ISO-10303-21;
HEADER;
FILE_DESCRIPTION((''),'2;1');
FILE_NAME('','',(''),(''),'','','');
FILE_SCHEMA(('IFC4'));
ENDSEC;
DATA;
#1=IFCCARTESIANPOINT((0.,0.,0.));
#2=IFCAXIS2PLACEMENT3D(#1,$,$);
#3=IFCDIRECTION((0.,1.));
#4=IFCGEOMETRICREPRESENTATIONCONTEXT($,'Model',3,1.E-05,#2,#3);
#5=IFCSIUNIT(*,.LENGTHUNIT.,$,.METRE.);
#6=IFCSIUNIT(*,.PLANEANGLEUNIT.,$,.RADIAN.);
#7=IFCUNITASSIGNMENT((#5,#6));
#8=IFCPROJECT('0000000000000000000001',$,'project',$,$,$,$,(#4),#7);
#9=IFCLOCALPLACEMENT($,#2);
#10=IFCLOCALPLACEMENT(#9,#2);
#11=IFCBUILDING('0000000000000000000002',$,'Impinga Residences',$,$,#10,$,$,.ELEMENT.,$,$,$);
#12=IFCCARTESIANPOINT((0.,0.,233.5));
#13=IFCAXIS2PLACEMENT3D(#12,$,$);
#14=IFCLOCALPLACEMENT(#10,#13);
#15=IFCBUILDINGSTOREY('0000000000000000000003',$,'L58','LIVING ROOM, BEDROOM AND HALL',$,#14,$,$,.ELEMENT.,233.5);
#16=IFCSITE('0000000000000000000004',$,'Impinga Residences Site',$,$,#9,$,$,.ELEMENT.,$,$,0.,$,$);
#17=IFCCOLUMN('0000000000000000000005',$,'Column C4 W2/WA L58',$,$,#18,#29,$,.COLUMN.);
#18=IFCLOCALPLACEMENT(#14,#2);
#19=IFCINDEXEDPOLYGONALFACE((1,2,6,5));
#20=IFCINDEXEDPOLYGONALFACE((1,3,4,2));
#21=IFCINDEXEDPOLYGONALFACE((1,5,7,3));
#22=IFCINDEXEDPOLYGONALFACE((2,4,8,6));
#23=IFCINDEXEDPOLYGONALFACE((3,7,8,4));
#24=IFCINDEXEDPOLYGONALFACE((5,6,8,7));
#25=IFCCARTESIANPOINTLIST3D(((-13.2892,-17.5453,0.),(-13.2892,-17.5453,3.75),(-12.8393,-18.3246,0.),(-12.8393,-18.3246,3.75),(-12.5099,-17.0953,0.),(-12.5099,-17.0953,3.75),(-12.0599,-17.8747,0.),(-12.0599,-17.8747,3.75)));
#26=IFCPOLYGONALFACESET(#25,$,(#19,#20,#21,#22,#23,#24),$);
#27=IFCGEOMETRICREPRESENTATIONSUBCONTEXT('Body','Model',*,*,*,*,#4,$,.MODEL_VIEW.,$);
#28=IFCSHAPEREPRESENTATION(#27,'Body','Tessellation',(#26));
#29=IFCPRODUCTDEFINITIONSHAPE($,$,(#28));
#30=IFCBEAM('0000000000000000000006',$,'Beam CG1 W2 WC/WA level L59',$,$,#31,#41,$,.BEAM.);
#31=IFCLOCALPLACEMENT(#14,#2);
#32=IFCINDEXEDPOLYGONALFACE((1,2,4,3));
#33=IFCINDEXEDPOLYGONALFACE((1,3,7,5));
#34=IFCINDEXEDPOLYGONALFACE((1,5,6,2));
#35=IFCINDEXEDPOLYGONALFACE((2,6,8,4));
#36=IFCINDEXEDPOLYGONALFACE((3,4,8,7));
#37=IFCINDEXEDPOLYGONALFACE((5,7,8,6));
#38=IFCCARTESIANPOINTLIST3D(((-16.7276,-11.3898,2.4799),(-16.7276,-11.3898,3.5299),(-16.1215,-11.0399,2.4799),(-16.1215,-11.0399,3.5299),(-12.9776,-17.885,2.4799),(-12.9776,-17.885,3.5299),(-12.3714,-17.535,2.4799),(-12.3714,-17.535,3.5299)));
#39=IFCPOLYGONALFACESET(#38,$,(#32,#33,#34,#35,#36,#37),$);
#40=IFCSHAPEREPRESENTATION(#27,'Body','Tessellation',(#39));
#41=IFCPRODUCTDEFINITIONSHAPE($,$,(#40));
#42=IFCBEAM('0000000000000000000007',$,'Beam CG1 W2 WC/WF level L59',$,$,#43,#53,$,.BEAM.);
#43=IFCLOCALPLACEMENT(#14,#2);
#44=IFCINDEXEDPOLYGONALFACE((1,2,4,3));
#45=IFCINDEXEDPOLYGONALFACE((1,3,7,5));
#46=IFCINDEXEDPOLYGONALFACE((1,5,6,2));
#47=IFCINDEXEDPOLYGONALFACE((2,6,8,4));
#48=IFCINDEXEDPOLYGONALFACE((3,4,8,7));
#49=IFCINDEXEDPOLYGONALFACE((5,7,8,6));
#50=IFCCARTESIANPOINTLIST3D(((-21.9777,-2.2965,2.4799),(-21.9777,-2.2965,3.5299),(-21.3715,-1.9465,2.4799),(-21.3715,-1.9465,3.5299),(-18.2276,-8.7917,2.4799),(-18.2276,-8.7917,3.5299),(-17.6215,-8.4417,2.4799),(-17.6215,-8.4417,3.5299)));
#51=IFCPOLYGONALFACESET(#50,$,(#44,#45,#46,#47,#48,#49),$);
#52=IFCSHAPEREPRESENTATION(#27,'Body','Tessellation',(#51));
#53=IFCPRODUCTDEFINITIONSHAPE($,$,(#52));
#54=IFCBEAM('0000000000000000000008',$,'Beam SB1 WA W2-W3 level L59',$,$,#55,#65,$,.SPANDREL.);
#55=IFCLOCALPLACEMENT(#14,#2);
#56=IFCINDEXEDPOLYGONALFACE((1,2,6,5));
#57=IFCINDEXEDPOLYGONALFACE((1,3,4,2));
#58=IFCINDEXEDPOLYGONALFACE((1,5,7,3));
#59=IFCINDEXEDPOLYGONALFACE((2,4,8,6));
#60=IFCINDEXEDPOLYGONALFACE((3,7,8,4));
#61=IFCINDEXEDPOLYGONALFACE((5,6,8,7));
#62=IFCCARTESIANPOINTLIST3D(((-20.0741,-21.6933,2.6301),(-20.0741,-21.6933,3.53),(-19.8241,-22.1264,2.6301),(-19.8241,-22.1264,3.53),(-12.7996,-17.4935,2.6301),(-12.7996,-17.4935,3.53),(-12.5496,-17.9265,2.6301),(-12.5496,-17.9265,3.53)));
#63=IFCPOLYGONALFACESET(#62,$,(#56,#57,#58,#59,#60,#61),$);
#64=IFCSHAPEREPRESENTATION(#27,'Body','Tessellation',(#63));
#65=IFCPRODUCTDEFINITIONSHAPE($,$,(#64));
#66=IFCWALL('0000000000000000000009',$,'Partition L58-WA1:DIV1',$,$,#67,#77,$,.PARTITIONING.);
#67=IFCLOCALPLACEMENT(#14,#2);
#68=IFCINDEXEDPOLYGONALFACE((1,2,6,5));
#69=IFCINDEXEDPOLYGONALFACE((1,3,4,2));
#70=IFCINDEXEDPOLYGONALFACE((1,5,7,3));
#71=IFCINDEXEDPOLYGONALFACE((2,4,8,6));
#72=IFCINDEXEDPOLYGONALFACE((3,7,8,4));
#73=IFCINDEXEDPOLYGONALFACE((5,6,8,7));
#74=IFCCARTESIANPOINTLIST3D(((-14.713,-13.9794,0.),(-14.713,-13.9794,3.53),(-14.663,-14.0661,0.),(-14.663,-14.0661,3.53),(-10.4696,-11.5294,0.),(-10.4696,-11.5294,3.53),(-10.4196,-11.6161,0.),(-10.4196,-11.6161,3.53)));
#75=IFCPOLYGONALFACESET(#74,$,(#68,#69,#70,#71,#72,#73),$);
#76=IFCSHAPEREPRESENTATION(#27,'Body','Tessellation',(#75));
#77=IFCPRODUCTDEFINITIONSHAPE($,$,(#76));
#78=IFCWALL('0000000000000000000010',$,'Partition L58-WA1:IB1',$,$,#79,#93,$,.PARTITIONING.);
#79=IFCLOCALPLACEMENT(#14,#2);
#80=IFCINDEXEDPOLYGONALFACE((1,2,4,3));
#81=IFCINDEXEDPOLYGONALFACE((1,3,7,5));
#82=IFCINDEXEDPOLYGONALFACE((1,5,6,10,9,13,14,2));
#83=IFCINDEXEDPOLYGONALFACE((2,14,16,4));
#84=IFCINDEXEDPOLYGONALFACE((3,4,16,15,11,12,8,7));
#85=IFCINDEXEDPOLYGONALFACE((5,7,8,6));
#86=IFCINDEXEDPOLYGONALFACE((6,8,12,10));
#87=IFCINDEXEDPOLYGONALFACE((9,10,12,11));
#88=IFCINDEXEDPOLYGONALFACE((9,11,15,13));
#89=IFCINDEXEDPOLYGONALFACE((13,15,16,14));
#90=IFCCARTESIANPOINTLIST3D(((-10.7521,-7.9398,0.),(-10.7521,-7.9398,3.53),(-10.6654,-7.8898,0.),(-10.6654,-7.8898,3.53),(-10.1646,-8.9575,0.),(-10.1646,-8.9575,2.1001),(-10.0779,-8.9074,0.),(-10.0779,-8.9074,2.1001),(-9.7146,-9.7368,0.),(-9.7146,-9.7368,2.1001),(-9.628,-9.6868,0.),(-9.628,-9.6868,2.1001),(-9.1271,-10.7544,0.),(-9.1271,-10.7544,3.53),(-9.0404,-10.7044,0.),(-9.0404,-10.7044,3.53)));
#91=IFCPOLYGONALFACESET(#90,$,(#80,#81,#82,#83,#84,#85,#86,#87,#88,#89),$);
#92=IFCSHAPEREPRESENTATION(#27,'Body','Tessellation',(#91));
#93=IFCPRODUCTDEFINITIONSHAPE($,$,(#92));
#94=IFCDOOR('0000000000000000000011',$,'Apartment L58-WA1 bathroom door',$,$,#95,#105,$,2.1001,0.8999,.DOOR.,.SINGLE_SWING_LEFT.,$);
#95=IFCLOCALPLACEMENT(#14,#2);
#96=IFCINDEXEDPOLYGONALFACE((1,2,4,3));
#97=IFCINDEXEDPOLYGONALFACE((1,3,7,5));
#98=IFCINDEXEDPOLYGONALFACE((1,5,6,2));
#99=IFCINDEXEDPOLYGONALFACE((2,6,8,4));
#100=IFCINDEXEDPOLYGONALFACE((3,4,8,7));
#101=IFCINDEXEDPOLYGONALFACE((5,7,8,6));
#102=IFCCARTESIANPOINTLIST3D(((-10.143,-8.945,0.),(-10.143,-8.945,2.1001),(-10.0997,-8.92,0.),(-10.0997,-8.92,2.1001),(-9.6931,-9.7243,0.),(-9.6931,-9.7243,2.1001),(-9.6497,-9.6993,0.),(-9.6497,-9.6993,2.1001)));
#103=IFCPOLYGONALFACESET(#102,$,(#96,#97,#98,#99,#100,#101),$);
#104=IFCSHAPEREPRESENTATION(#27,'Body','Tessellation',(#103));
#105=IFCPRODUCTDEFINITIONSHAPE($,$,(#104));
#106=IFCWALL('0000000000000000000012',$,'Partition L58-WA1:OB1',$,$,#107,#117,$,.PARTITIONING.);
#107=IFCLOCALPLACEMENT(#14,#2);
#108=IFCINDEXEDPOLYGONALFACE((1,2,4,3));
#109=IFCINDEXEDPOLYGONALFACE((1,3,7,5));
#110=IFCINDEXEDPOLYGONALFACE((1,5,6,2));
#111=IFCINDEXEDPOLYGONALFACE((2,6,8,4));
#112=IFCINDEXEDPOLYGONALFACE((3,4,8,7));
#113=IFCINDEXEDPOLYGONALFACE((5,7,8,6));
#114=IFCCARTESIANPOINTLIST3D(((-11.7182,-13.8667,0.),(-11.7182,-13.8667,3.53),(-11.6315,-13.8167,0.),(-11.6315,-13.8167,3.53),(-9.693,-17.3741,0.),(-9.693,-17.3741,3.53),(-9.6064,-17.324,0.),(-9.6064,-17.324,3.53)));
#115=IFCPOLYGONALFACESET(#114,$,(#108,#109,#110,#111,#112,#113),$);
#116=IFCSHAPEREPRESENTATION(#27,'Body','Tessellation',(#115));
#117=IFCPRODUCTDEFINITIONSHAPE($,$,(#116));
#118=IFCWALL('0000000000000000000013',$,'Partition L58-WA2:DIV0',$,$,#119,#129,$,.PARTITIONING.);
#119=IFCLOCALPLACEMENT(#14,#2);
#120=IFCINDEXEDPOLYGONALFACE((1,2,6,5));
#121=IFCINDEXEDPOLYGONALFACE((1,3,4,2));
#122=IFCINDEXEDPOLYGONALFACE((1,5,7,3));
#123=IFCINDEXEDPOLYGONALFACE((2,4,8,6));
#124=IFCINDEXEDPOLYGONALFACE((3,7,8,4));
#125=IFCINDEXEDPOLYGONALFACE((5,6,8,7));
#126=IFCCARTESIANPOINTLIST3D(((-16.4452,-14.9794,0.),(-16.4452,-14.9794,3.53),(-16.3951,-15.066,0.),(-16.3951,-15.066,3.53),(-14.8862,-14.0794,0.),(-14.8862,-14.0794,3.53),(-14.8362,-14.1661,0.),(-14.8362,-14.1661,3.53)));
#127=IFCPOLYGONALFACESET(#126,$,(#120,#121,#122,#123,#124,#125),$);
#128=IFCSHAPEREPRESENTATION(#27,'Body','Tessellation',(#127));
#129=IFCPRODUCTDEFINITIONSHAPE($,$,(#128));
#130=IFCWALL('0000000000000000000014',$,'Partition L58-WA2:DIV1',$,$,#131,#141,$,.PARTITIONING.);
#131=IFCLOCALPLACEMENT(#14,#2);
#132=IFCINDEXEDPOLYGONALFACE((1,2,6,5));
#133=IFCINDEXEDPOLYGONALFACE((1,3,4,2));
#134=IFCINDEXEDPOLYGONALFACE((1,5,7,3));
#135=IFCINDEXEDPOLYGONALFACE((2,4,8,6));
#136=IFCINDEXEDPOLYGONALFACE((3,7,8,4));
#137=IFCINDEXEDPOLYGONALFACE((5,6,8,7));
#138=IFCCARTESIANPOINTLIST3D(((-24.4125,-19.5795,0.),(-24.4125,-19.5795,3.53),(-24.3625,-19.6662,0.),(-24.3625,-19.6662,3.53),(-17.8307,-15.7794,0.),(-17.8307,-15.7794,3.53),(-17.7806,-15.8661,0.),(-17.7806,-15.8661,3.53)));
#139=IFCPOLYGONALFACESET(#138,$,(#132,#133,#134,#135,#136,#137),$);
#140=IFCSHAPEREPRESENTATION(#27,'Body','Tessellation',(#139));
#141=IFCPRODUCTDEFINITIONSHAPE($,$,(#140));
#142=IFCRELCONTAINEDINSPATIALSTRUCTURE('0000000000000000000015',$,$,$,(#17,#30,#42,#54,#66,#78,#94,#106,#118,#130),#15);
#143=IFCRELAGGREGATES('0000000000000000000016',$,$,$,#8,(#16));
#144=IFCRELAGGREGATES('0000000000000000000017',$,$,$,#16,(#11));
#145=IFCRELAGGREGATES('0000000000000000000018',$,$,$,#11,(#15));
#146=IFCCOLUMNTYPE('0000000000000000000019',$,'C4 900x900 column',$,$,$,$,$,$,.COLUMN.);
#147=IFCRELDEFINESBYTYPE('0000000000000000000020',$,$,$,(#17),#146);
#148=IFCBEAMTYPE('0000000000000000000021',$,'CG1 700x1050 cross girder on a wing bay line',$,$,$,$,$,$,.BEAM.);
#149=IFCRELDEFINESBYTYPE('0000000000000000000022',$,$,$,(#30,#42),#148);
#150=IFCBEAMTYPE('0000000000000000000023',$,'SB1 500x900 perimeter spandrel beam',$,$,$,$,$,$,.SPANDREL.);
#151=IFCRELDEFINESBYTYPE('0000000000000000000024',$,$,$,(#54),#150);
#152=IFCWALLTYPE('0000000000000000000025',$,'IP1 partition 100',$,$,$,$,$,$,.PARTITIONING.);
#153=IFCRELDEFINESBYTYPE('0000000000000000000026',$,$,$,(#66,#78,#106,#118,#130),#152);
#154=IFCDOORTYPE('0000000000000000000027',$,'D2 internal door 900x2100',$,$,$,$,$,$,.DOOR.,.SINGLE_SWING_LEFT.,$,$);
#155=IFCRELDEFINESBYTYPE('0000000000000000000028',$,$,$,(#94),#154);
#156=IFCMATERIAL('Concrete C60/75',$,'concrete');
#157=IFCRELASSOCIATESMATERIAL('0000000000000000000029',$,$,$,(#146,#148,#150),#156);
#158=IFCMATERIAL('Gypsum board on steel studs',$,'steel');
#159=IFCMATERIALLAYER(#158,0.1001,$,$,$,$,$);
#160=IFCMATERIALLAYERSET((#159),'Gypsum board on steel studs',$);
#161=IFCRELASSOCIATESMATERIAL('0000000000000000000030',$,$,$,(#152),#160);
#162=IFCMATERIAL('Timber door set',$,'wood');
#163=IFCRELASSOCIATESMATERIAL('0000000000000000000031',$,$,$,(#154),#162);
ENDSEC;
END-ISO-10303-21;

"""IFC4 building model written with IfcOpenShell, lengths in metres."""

from ifc_helpers import new_model, si_unit, direction, frame, frame_2d, origin, origin_2d, place, context, subcontext, project, spatial, rectangle, extrude, material, layer, layer_set, material_profile, profile_set, type_object, element, fill, save


model = new_model("IFC4")

# Units and contexts
model_context = context("Model", 3, precision=1e-05, world=origin(), true_north=direction((0.0, 1.0)))
body_context = subcontext(model_context, "Body", "Model", "MODEL_VIEW")
ifc_project = project(units=[si_unit("LENGTHUNIT", "METRE"), si_unit("PLANEANGLEUNIT", "RADIAN")], contexts=[model_context])

# Site, building, storey
site_placement = place(None, origin())
site = spatial("IfcSite", under=ifc_project, at=site_placement, Name="Impinga Residences Site", CompositionType="ELEMENT", RefElevation=0.0)
building_placement = place(site_placement, origin())
building = spatial("IfcBuilding", under=site, at=building_placement, Name="Impinga Residences", CompositionType="ELEMENT")
storey_placement = place(building_placement, frame((0.0, 0.0, 233.5)))
storey = spatial("IfcBuildingStorey", under=building, at=storey_placement, Name="L58", Description="LIVING ROOM, BEDROOM AND HALL", CompositionType="ELEMENT", Elevation=233.5)

# Column
ifc_material_1 = material(Name="Concrete C60/75", Category="concrete")
ifc_material_profile_1 = material_profile(ifc_material_1, rectangle(XDim=0.8999, YDim=0.8999, at=origin_2d()), Name="RC 900x900")
ifc_profile_set_1 = profile_set([ifc_material_profile_1], Name="Concrete C60/75")
column_type = type_object("IfcColumnType", Name="C4 900x900 column", PredefinedType="COLUMN", material=ifc_profile_set_1)
column_placement = place(storey_placement, frame((-12.6746, -17.71, 0.0), z_axis=(0.0, 0.0, 1.0), x_axis=(-0.5, 0.866025, 0.0)))
element("IfcColumn", 1, at=column_placement, inside=storey, type_object=column_type, Name="Column C4 W2/WA L58", PredefinedType="COLUMN", context=body_context, shape_type="SweptSolid", body=[
    extrude(rectangle(XDim=0.8999, YDim=0.8999, at=origin_2d()), origin(), (0.0, 0.0, 1.0), 3.75),
])

# Beams
ifc_material_profile_2 = material_profile(ifc_material_1, rectangle(XDim=0.7, YDim=1.05, at=origin_2d()), Name="RC 700x1050")
ifc_profile_set_2 = profile_set([ifc_material_profile_2], Name="Concrete C60/75")
beam_type_1 = type_object("IfcBeamType", Name="CG1 700x1050 cross girder on a wing bay line", PredefinedType="BEAM", material=ifc_profile_set_2)
for number, where, z_axis, x_axis, name in (
    (2, (-16.4246, -11.2148, 3.0049), (0.500004, -0.866023, 0.0), (0.866023, 0.500004, 0.0), "Beam CG1 W2 WC/WA level L59"),
    (3, (-17.9246, -8.6167, 3.0049), (-0.500004, 0.866023, 0.0), (-0.866023, -0.500004, 0.0), "Beam CG1 W2 WC/WF level L59"),
):
    element("IfcBeam", number, at=place(storey_placement, frame(where, z_axis=z_axis, x_axis=x_axis)), inside=storey, type_object=beam_type_1, Name=name, PredefinedType="BEAM", context=body_context, shape_type="SweptSolid", body=[
        extrude(rectangle(XDim=0.7, YDim=1.05, at=origin_2d()), origin(), (0.0, 0.0, 1.0), 7.5),
    ])
ifc_material_profile_3 = material_profile(ifc_material_1, rectangle(XDim=0.5, YDim=0.8999, at=origin_2d()), Name="RC 500x900")
ifc_profile_set_3 = profile_set([ifc_material_profile_3], Name="Concrete C60/75")
beam_type_2 = type_object("IfcBeamType", Name="SB1 500x900 perimeter spandrel beam", PredefinedType="SPANDREL", material=ifc_profile_set_3)
beam_placement = place(storey_placement, frame((-12.6746, -17.71, 3.0801), z_axis=(-0.866029, -0.499993, 0.0), x_axis=(0.499993, -0.866029, 0.0)))
element("IfcBeam", 4, at=beam_placement, inside=storey, type_object=beam_type_2, Name="Beam SB1 WA W2-W3 level L59", PredefinedType="SPANDREL", context=body_context, shape_type="SweptSolid", body=[
    extrude(rectangle(XDim=0.5, YDim=0.8999, at=origin_2d()), origin(), (0.0, 0.0, 1.0), 8.3999),
])

# Wall
ifc_material_2 = material(Name="Gypsum board on steel studs", Category="steel")
ifc_layer_1 = layer(ifc_material_2, 0.1001)
ifc_layer_set_1 = layer_set([ifc_layer_1], Name="Gypsum board on steel studs")
wall_type_1 = type_object("IfcWallType", Name="IP1 partition 100", PredefinedType="PARTITIONING", material=ifc_layer_set_1)
wall_1_placement = place(storey_placement, frame((-10.4446, -11.5728, 0.0), z_axis=(0.0, 0.0, 1.0), x_axis=(-0.866024, -0.500003, 0.0)))
element("IfcWall", 5, at=wall_1_placement, inside=storey, type_object=wall_type_1, Name="Partition L58-WA1:DIV1", PredefinedType="PARTITIONING", context=body_context, shape_type="SweptSolid", body=[
    extrude(rectangle(XDim=4.8999, YDim=0.1001, at=frame_2d((2.45, 0.0))), origin(), (0.0, 0.0, 1.0), 3.53),
])

# Wall, opening, door
wall_2_placement = place(storey_placement, frame((-10.7087, -7.9148, 0.0), z_axis=(0.0, 0.0, 1.0), x_axis=(0.499985, -0.866034, 0.0)))
wall_2 = element("IfcWall", 6, at=wall_2_placement, inside=storey, type_object=wall_type_1, Name="Partition L58-WA1:IB1", PredefinedType="PARTITIONING", context=body_context, shape_type="SweptSolid", body=[
    extrude(rectangle(XDim=3.25, YDim=0.1001, at=frame_2d((1.625, 0.0))), origin(), (0.0, 0.0, 1.0), 3.53),
])
opening_1_placement = place(wall_2_placement, frame((1.175, 0.0, 0.0)))
opening_1 = element("IfcOpeningElement", 7, at=opening_1_placement, cuts=wall_2, PredefinedType="OPENING", context=body_context, shape_type="SweptSolid", body=[
    extrude(rectangle(XDim=0.8999, YDim=2.1001, at=frame_2d((0.45, 1.05))), frame((0.0, 0.0601, 0.0), z_axis=(0.0, -1.0, 0.0), x_axis=(1.0, 0.0, 0.0)), (0.0, 0.0, 1.0), 0.1201),
])
ifc_material_3 = material(Name="Timber door set", Category="wood")
door_type = type_object("IfcDoorType", Name="D2 internal door 900x2100", OperationType="SINGLE_SWING_LEFT", PredefinedType="DOOR", material=ifc_material_3)
door_1_placement = place(opening_1_placement, origin())
door_1 = element("IfcDoor", 8, at=door_1_placement, inside=storey, type_object=door_type, Name="Apartment L58-WA1 bathroom door", OperationType="SINGLE_SWING_LEFT", OverallHeight=2.1001, OverallWidth=0.8999, PredefinedType="DOOR", context=body_context, shape_type="SweptSolid", body=[
    extrude(rectangle(XDim=0.8999, YDim=2.1001, at=frame_2d((0.45, 1.05))), frame((0.0, 0.0249, 0.0), z_axis=(0.0, -1.0, 0.0), x_axis=(1.0, 0.0, 0.0)), (0.0, 0.0, 1.0), 0.05),
])
fill(opening_1, door_1)

# Walls
wall_3_placement = place(storey_placement, frame((-11.6748, -13.8418, 0.0), z_axis=(0.0, 0.0, 1.0), x_axis=(0.500036, -0.866005, 0.0)))
element("IfcWall", 9, at=wall_3_placement, inside=storey, type_object=wall_type_1, Name="Partition L58-WA1:OB1", PredefinedType="PARTITIONING", context=body_context, shape_type="SweptSolid", body=[
    extrude(rectangle(XDim=4.05, YDim=0.1001, at=frame_2d((2.0249, 0.0))), origin(), (0.0, 0.0, 1.0), 3.53),
])
wall_4_placement = place(storey_placement, frame((-14.8613, -14.1228, 0.0), z_axis=(0.0, 0.0, 1.0), x_axis=(-0.866048, -0.499961, 0.0)))
element("IfcWall", 10, at=wall_4_placement, inside=storey, type_object=wall_type_1, Name="Partition L58-WA2:DIV0", PredefinedType="PARTITIONING", context=body_context, shape_type="SweptSolid", body=[
    extrude(rectangle(XDim=1.8, YDim=0.1001, at=frame_2d((0.8999, 0.0))), origin(), (0.0, 0.0, 1.0), 3.53),
])
wall_5_placement = place(storey_placement, frame((-17.8057, -15.8228, 0.0), z_axis=(0.0, 0.0, 1.0), x_axis=(-0.866022, -0.500005, 0.0)))
element("IfcWall", 11, at=wall_5_placement, inside=storey, type_object=wall_type_1, Name="Partition L58-WA2:DIV1", PredefinedType="PARTITIONING", context=body_context, shape_type="SweptSolid", body=[
    extrude(rectangle(XDim=7.6001, YDim=0.1001, at=frame_2d((3.8, 0.0))), origin(), (0.0, 0.0, 1.0), 3.53),
])

save(model, "model.ifc")
